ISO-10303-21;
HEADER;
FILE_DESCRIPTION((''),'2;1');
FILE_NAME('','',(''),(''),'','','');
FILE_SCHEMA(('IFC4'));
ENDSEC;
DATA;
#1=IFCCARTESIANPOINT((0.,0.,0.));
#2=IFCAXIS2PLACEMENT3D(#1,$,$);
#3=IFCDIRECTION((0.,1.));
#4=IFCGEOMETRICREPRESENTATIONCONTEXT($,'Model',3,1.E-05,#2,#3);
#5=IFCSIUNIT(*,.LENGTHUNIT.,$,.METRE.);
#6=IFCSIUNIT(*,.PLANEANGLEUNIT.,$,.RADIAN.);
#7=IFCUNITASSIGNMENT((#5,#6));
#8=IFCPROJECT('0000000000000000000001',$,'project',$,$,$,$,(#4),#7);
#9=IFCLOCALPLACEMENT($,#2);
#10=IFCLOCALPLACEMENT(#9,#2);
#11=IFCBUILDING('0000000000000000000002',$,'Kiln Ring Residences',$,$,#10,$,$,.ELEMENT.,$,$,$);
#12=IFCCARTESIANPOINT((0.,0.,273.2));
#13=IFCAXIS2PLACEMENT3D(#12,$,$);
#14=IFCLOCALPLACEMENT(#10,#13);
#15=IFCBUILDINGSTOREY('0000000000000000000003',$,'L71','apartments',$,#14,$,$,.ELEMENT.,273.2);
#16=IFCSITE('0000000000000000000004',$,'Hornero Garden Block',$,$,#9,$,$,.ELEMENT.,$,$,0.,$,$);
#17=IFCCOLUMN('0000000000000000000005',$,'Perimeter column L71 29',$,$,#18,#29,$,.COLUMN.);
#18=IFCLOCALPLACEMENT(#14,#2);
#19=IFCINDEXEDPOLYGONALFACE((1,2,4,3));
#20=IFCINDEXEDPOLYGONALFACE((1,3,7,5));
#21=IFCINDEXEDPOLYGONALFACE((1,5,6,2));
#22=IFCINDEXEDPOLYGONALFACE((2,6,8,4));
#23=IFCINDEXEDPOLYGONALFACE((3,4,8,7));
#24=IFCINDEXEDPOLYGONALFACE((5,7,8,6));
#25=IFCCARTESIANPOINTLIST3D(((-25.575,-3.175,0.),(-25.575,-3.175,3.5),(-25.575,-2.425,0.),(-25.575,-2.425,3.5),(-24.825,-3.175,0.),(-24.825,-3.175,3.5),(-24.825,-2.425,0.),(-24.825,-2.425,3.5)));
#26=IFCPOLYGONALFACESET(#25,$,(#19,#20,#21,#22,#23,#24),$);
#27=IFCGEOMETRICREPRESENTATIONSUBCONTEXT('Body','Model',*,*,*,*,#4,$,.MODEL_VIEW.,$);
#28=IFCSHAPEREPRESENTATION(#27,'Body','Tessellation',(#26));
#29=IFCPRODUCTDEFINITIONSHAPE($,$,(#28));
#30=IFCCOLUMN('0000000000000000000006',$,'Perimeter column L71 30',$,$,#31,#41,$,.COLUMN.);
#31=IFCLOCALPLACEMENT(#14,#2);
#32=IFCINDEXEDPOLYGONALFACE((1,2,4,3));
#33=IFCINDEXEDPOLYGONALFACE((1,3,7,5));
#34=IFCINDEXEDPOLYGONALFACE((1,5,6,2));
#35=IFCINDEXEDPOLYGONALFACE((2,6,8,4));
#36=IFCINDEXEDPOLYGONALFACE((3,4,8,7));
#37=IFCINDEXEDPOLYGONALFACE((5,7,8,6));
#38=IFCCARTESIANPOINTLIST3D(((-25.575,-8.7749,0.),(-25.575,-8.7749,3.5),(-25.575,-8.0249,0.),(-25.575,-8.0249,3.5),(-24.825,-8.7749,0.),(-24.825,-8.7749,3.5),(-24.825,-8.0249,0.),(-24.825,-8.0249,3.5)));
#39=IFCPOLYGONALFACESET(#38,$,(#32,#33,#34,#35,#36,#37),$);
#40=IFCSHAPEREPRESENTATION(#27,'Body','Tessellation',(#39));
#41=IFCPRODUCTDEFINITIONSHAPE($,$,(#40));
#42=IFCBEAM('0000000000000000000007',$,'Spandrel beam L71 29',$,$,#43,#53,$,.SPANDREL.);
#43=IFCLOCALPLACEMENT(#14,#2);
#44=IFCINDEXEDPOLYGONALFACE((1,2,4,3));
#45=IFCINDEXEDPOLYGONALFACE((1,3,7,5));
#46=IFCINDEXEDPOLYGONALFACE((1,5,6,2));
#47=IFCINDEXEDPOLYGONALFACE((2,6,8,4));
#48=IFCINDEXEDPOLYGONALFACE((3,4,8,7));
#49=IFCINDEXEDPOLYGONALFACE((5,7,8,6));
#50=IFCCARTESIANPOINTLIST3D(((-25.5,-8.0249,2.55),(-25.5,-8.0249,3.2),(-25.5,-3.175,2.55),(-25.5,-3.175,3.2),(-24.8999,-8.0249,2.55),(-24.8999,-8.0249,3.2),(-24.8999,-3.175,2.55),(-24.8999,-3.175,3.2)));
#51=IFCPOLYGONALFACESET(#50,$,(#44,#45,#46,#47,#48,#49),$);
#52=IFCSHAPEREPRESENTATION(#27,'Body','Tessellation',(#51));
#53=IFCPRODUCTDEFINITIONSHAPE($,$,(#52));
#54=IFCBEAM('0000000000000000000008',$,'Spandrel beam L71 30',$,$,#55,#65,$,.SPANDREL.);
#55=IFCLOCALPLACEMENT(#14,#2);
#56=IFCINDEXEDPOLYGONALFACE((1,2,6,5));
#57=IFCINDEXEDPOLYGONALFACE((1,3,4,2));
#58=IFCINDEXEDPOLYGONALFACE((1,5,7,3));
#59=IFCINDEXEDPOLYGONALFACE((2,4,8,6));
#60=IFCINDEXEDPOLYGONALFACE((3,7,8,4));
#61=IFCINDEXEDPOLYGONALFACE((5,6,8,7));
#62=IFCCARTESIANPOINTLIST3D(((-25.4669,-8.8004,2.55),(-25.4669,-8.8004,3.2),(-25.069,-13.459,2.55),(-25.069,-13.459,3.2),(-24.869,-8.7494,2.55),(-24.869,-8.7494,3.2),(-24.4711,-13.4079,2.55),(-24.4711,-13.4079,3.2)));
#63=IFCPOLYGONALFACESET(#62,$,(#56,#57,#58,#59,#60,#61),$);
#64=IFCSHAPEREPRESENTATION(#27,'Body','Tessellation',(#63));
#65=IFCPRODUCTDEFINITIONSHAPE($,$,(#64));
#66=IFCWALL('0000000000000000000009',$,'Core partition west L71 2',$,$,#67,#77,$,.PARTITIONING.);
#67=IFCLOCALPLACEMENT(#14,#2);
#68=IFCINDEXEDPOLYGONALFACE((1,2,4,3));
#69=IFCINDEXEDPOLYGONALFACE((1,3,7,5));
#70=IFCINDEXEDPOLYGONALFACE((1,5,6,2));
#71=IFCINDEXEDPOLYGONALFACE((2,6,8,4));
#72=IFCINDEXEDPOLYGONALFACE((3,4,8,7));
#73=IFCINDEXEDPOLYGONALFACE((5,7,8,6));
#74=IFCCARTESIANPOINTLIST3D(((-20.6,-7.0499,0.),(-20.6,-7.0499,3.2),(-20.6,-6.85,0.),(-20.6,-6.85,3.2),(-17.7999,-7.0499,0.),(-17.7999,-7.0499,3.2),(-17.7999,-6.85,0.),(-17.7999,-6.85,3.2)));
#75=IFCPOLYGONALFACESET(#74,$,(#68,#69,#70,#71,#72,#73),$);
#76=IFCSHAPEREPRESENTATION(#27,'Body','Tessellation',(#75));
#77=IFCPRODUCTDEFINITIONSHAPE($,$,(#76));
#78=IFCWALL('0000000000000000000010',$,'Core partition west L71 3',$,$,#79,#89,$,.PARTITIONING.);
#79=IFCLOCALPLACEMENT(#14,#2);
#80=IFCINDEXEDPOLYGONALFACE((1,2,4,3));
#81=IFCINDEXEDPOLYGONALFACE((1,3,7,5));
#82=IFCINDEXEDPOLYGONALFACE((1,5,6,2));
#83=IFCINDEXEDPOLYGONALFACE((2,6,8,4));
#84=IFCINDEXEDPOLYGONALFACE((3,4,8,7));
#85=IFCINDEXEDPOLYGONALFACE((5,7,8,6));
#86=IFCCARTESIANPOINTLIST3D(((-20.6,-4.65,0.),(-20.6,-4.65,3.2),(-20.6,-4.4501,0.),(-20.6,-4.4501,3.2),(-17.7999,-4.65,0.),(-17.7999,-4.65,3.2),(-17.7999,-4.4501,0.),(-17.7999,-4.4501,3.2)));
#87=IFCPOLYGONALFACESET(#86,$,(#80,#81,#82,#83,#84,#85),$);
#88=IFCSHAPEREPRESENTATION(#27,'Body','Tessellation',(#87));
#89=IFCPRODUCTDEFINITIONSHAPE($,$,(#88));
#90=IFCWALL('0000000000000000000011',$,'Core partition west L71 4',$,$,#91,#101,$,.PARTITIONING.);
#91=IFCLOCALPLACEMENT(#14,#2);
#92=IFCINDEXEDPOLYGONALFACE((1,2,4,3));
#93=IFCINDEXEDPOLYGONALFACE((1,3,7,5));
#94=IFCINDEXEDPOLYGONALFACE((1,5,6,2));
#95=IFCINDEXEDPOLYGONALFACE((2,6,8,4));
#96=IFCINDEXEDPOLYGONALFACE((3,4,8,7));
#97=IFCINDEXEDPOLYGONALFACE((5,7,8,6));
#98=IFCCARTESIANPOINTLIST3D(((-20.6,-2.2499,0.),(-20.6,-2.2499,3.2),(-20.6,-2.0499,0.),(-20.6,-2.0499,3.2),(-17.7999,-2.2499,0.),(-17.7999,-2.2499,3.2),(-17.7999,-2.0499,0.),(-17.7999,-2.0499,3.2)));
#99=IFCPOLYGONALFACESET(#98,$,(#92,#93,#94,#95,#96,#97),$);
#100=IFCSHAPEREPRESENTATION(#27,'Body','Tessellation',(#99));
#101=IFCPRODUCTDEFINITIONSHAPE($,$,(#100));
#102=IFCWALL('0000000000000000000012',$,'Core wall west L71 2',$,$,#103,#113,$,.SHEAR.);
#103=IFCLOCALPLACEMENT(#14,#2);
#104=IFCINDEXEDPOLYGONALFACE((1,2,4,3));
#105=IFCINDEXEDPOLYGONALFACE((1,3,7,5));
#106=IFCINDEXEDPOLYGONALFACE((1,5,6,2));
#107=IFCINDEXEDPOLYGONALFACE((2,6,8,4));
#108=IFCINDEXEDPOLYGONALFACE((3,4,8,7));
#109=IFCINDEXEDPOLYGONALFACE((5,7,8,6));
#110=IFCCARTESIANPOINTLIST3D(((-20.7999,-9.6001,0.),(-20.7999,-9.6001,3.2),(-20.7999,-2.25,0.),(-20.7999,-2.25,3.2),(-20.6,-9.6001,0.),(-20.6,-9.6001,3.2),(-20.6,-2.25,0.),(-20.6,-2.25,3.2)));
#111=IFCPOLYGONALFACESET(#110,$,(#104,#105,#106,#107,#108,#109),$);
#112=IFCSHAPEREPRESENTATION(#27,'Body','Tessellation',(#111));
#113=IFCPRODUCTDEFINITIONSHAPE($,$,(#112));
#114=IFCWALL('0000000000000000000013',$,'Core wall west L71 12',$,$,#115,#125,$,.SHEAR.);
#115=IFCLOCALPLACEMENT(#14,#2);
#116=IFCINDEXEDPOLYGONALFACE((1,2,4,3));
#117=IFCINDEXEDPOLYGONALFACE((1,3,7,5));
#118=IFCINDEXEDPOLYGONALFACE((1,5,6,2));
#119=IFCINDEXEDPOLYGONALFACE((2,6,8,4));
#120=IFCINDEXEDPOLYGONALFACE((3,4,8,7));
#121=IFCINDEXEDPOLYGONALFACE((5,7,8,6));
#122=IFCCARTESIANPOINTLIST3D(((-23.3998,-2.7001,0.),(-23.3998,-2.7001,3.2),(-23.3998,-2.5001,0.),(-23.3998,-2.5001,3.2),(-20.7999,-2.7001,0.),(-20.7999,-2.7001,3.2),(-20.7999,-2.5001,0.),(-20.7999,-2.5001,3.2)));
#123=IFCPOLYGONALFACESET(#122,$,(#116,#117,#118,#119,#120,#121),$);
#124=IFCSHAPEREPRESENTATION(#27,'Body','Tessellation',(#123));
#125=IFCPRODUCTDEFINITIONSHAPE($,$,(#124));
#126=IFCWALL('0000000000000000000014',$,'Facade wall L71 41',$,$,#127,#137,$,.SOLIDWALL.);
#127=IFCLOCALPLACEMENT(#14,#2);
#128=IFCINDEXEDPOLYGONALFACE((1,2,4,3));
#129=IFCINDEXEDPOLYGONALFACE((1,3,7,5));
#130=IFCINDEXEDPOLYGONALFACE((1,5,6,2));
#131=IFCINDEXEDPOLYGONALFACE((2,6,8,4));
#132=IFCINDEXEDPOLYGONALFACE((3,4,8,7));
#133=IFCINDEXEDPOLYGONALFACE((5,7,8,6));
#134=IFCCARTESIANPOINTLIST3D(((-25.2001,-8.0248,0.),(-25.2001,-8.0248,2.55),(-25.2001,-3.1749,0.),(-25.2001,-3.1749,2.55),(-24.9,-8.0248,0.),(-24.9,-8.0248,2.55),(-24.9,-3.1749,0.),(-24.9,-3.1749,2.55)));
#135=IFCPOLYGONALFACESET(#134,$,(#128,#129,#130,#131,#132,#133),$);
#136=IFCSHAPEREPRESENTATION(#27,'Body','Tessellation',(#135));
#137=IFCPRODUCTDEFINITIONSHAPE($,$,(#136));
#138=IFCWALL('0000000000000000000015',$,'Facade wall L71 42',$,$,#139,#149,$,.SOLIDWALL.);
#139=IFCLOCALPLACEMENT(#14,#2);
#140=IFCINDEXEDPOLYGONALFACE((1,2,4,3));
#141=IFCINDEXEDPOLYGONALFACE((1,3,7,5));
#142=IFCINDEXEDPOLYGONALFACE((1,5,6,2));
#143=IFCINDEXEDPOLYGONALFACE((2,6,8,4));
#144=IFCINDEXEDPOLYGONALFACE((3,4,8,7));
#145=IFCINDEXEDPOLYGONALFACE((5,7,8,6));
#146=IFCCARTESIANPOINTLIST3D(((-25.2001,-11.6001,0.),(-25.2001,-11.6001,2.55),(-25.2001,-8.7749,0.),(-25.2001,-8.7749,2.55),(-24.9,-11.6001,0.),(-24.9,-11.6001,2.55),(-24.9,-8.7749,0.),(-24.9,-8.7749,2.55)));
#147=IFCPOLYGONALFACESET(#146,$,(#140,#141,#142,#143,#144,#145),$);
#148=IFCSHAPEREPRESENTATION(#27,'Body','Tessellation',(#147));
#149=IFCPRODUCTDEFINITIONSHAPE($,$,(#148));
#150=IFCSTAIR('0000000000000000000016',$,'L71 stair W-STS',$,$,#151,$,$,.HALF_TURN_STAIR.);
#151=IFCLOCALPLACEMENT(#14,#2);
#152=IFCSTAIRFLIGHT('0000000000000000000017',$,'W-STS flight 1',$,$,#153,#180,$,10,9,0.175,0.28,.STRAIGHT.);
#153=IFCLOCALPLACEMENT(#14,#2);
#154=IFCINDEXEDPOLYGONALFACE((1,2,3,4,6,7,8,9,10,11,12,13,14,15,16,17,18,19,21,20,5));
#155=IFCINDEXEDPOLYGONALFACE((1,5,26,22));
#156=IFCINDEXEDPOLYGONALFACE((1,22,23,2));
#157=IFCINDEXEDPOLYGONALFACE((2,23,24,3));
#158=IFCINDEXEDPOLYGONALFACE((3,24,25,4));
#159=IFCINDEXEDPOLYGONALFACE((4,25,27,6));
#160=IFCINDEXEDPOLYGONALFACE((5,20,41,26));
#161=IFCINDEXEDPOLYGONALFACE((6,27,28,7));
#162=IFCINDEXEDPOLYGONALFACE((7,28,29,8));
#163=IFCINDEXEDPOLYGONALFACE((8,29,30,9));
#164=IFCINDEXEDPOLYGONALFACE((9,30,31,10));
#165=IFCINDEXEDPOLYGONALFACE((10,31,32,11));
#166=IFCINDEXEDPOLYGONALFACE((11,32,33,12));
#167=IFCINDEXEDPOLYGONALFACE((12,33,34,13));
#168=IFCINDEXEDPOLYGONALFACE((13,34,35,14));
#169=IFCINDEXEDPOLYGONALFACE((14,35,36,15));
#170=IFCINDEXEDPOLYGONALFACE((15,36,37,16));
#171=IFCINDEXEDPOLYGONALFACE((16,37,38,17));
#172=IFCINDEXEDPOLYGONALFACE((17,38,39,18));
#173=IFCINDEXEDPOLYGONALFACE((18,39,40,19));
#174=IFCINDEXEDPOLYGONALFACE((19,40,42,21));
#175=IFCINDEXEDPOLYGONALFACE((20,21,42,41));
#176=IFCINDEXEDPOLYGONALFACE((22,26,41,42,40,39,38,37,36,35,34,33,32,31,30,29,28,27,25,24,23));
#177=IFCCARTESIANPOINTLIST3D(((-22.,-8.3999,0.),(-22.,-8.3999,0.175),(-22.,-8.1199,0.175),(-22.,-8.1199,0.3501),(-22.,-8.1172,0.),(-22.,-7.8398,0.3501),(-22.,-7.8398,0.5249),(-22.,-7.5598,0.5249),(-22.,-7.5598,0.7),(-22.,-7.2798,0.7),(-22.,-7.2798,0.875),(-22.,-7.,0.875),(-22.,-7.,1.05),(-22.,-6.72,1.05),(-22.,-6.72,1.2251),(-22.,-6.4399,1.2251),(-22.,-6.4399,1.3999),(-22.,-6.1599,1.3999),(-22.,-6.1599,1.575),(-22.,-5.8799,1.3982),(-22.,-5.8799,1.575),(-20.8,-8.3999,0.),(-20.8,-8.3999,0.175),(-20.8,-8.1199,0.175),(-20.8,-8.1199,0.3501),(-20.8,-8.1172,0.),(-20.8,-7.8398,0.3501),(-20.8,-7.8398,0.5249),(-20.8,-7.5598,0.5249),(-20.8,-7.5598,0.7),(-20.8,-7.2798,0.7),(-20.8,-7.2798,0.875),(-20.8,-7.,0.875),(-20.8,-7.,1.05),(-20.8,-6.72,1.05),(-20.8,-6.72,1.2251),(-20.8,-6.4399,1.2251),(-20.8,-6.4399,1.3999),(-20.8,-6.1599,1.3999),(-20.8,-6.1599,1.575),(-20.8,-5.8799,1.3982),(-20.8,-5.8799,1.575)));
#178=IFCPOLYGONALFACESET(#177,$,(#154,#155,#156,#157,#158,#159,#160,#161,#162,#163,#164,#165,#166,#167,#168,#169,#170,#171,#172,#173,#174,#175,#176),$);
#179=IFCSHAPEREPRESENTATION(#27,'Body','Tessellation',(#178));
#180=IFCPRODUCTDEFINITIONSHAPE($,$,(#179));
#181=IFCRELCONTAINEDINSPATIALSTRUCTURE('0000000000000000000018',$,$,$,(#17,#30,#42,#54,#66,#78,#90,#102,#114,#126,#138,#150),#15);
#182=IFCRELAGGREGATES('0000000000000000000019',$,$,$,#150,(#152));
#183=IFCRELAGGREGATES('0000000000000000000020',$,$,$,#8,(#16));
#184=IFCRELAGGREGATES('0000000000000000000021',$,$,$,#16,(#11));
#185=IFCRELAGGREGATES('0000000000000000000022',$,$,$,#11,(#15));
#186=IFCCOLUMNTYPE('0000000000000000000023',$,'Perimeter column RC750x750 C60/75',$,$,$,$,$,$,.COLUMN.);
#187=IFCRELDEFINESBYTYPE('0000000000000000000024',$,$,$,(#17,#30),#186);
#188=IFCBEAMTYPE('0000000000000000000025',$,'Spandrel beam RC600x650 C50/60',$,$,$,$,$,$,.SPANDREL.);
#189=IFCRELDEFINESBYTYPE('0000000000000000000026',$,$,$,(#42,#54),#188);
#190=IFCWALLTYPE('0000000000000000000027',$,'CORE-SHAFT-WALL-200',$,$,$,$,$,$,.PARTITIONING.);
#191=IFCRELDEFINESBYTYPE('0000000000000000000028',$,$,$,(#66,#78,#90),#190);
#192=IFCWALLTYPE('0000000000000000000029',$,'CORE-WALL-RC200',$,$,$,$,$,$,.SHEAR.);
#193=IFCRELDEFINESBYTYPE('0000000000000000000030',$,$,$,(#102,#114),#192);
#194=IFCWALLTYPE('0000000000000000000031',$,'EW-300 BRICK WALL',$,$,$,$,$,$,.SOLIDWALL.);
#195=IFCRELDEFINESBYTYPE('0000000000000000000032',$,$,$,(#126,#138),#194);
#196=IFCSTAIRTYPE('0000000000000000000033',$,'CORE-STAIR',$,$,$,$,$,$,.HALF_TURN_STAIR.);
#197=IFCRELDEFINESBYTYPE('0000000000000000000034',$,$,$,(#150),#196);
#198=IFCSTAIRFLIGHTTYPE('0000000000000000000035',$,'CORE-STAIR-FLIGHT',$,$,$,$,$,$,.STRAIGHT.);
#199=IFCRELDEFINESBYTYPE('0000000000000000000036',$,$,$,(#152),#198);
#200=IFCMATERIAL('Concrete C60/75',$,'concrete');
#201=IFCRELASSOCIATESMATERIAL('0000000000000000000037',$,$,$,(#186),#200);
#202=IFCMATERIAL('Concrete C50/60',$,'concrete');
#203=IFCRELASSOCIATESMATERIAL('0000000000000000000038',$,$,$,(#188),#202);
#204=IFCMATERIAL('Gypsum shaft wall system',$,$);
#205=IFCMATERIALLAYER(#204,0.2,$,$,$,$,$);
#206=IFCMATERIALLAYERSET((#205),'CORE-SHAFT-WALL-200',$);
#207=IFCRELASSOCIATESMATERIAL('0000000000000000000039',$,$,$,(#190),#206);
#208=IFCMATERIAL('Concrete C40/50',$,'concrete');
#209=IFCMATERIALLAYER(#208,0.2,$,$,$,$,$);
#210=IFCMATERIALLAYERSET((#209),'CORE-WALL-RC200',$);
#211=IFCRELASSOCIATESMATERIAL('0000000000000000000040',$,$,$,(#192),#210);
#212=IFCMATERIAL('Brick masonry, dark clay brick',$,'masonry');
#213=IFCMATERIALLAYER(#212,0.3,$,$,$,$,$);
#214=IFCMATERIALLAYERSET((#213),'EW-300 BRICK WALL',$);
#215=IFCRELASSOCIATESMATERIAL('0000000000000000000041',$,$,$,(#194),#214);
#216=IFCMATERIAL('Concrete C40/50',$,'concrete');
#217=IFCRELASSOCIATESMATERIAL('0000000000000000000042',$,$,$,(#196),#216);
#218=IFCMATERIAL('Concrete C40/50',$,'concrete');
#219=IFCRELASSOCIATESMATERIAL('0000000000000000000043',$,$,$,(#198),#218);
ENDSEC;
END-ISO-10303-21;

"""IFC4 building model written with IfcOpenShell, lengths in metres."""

from ifc_helpers import new_model, si_unit, direction, frame, frame_2d, origin, origin_2d, place, context, subcontext, project, spatial, polyline, rectangle, outline, extrude, material, layer, layer_set, material_profile, profile_set, type_object, element, aggregate, save


model = new_model("IFC4")

# Units and contexts
model_context = context("Model", 3, precision=1e-05, world=origin(), true_north=direction((0.0, 1.0)))
body_context = subcontext(model_context, "Body", "Model", "MODEL_VIEW")
ifc_project = project(units=[si_unit("LENGTHUNIT", "METRE"), si_unit("PLANEANGLEUNIT", "RADIAN")], contexts=[model_context])

# Site, building, storey
site_placement = place(None, origin())
site = spatial("IfcSite", under=ifc_project, at=site_placement, Name="Hornero Garden Block", CompositionType="ELEMENT", RefElevation=0.0)
building_placement = place(site_placement, origin())
building = spatial("IfcBuilding", under=site, at=building_placement, Name="Kiln Ring Residences", CompositionType="ELEMENT")
storey_placement = place(building_placement, frame((0.0, 0.0, 273.2)))
storey = spatial("IfcBuildingStorey", under=building, at=storey_placement, Name="L71", Description="apartments", CompositionType="ELEMENT", Elevation=273.2)

# Columns
ifc_material_1 = material(Name="Concrete C60/75", Category="concrete")
ifc_material_profile_1 = material_profile(ifc_material_1, rectangle(XDim=0.75, YDim=0.75, at=origin_2d()), Name="RC750x750")
ifc_profile_set_1 = profile_set([ifc_material_profile_1], Name="Concrete C60/75")
column_type = type_object("IfcColumnType", Name="Perimeter column RC750x750 C60/75", PredefinedType="COLUMN", material=ifc_profile_set_1)
for number, where, z_axis, x_axis, name in (
    (1, (-25.2, -2.8, 0.0), (0.0, 0.0, 1.0), (1.0, 0.0, 0.0), "Perimeter column L71 29"),
    (2, (-25.2, -8.3999, 0.0), (0.0, 0.0, 1.0), (1.0, 0.0, 0.0), "Perimeter column L71 30"),
):
    element("IfcColumn", number, at=place(storey_placement, frame(where, z_axis=z_axis, x_axis=x_axis)), inside=storey, type_object=column_type, Name=name, PredefinedType="COLUMN", context=body_context, shape_type="SweptSolid", body=[
        extrude(rectangle(XDim=0.75, YDim=0.75, at=origin_2d()), origin(), (0.0, 0.0, 1.0), 3.5),
    ])

# Beams
ifc_material_2 = material(Name="Concrete C50/60", Category="concrete")
ifc_material_profile_2 = material_profile(ifc_material_2, rectangle(XDim=0.6001, YDim=0.6499, at=origin_2d()), Name="RC600x650")
ifc_profile_set_2 = profile_set([ifc_material_profile_2], Name="Concrete C50/60")
beam_type = type_object("IfcBeamType", Name="Spandrel beam RC600x650 C50/60", PredefinedType="SPANDREL", material=ifc_profile_set_2)
beam_1_placement = place(storey_placement, frame((-25.2, -3.175, 2.875), z_axis=(0.0, -1.0, 0.0), x_axis=(1.0, 0.0, 0.0)))
element("IfcBeam", 3, at=beam_1_placement, inside=storey, type_object=beam_type, Name="Spandrel beam L71 29", PredefinedType="SPANDREL", context=body_context, shape_type="SweptSolid", body=[
    extrude(rectangle(XDim=0.6001, YDim=0.6499, at=origin_2d()), origin(), (0.0, 0.0, 1.0), 4.8499),
])
beam_2_placement = place(storey_placement, frame((-25.168, -8.7749, 2.875), z_axis=(0.085111, -0.996371, 0.0), x_axis=(0.996371, 0.085111, 0.0)))
element("IfcBeam", 4, at=beam_2_placement, inside=storey, type_object=beam_type, Name="Spandrel beam L71 30", PredefinedType="SPANDREL", context=body_context, shape_type="SweptSolid", body=[
    extrude(rectangle(XDim=0.6001, YDim=0.6499, at=origin_2d()), origin(), (0.0, 0.0, 1.0), 4.6755),
])

# Walls
ifc_material_3 = material(Name="Gypsum shaft wall system")
ifc_layer_1 = layer(ifc_material_3, 0.2)
ifc_layer_set_1 = layer_set([ifc_layer_1], Name="CORE-SHAFT-WALL-200")
wall_type_1 = type_object("IfcWallType", Name="CORE-SHAFT-WALL-200", PredefinedType="PARTITIONING", material=ifc_layer_set_1)
for number, where, z_axis, x_axis, name in (
    (5, (-17.8, -6.95, 0.0), (0.0, 0.0, 1.0), (-1.0, 0.0, 0.0), "Core partition west L71 2"),
    (6, (-17.8, -4.55, 0.0), (0.0, 0.0, 1.0), (-1.0, 0.0, 0.0), "Core partition west L71 3"),
    (7, (-17.8, -2.1499, 0.0), (0.0, 0.0, 1.0), (-1.0, 0.0, 0.0), "Core partition west L71 4"),
):
    element("IfcWall", number, at=place(storey_placement, frame(where, z_axis=z_axis, x_axis=x_axis)), inside=storey, type_object=wall_type_1, Name=name, PredefinedType="PARTITIONING", context=body_context, shape_type="SweptSolid", body=[
        extrude(rectangle(XDim=2.8, YDim=0.2, at=frame_2d((1.3999, 0.0))), origin(), (0.0, 0.0, 1.0), 3.2),
    ])
ifc_material_4 = material(Name="Concrete C40/50", Category="concrete")
ifc_layer_2 = layer(ifc_material_4, 0.2)
ifc_layer_set_2 = layer_set([ifc_layer_2], Name="CORE-WALL-RC200")
wall_type_2 = type_object("IfcWallType", Name="CORE-WALL-RC200", PredefinedType="SHEAR", material=ifc_layer_set_2)
wall_1_placement = place(storey_placement, frame((-20.7, -9.6001, 0.0), z_axis=(0.0, 0.0, 1.0), x_axis=(0.0, 1.0, 0.0)))
element("IfcWall", 8, at=wall_1_placement, inside=storey, type_object=wall_type_2, Name="Core wall west L71 2", PredefinedType="SHEAR", context=body_context, shape_type="SweptSolid", body=[
    extrude(rectangle(XDim=7.3501, YDim=0.2, at=frame_2d((3.675, 0.0))), origin(), (0.0, 0.0, 1.0), 3.2),
])
wall_2_placement = place(storey_placement, frame((-20.8, -2.6001, 0.0), z_axis=(0.0, 0.0, 1.0), x_axis=(-1.0, 0.0, 0.0)))
element("IfcWall", 9, at=wall_2_placement, inside=storey, type_object=wall_type_2, Name="Core wall west L71 12", PredefinedType="SHEAR", context=body_context, shape_type="SweptSolid", body=[
    extrude(rectangle(XDim=2.5999, YDim=0.2, at=frame_2d((1.2998, 0.0))), origin(), (0.0, 0.0, 1.0), 3.2),
])
ifc_material_5 = material(Name="Brick masonry, dark clay brick", Category="masonry")
ifc_layer_3 = layer(ifc_material_5, 0.3)
ifc_layer_set_3 = layer_set([ifc_layer_3], Name="EW-300 BRICK WALL")
wall_type_3 = type_object("IfcWallType", Name="EW-300 BRICK WALL", PredefinedType="SOLIDWALL", material=ifc_layer_set_3)
wall_3_placement = place(storey_placement, frame((-25.05, -3.175, 0.0), z_axis=(0.0, 0.0, 1.0), x_axis=(0.0, -1.0, 0.0)))
element("IfcWall", 10, at=wall_3_placement, inside=storey, type_object=wall_type_3, Name="Facade wall L71 41", PredefinedType="SOLIDWALL", context=body_context, shape_type="SweptSolid", body=[
    extrude(rectangle(XDim=4.8499, YDim=0.3, at=frame_2d((2.4248, 0.0))), origin(), (0.0, 0.0, 1.0), 2.55),
])
wall_4_placement = place(storey_placement, frame((-25.05, -8.7749, 0.0), z_axis=(0.0, 0.0, 1.0), x_axis=(0.0, -1.0, 0.0)))
element("IfcWall", 11, at=wall_4_placement, inside=storey, type_object=wall_type_3, Name="Facade wall L71 42", PredefinedType="SOLIDWALL", context=body_context, shape_type="SweptSolid", body=[
    extrude(rectangle(XDim=2.8252, YDim=0.3, at=frame_2d((1.4126, 0.0))), origin(), (0.0, 0.0, 1.0), 2.55),
])

# Stair, stair flight
ifc_material_6 = material(Name="Concrete C40/50", Category="concrete")
stair_type = type_object("IfcStairType", Name="CORE-STAIR", PredefinedType="HALF_TURN_STAIR", material=ifc_material_6)
stair_placement = place(storey_placement, origin())
stair = element("IfcStair", 12, at=stair_placement, inside=storey, type_object=stair_type, Name="L71 stair W-STS", PredefinedType="HALF_TURN_STAIR")
ifc_material_7 = material(Name="Concrete C40/50", Category="concrete")
stair_flight_type = type_object("IfcStairFlightType", Name="CORE-STAIR-FLIGHT", PredefinedType="STRAIGHT", material=ifc_material_7)
stair_flight_1_placement = place(storey_placement, frame((-21.3999, -8.3999, 0.0), z_axis=(0.0, 0.0, 1.0), x_axis=(0.0, 1.0, 0.0)))
stair_flight_1 = element("IfcStairFlight", 13, at=stair_flight_1_placement, type_object=stair_flight_type, Name="W-STS flight 1", NumberOfRisers=10, NumberOfTreads=9, PredefinedType="STRAIGHT", RiserHeight=0.175, TreadLength=0.28, context=body_context, shape_type="SweptSolid", body=[
    extrude(outline(polyline([(0.0, 0.0), (0.0, 0.175), (0.28, 0.175), (0.28, 0.3501), (0.5601, 0.3501), (0.5601, 0.5249), (0.8401, 0.5249), (0.8401, 0.7), (1.1201, 0.7), (1.1201, 0.875), (1.3999, 0.875), (1.3999, 1.05), (1.6799, 1.05), (1.6799, 1.2251), (1.96, 1.2251), (1.96, 1.3999), (2.24, 1.3999), (2.24, 1.575), (2.52, 1.575), (2.52, 1.75), (2.52, 1.3982), (0.2827, 0.0), (0.0, 0.0)])), frame((0.0, 0.6001, 0.0), z_axis=(0.0, -1.0, 0.0), x_axis=(1.0, 0.0, 0.0)), (0.0, 0.0, 1.0), 1.2),
])
aggregate(stair, [stair_flight_1])

save(model, "model.ifc")
